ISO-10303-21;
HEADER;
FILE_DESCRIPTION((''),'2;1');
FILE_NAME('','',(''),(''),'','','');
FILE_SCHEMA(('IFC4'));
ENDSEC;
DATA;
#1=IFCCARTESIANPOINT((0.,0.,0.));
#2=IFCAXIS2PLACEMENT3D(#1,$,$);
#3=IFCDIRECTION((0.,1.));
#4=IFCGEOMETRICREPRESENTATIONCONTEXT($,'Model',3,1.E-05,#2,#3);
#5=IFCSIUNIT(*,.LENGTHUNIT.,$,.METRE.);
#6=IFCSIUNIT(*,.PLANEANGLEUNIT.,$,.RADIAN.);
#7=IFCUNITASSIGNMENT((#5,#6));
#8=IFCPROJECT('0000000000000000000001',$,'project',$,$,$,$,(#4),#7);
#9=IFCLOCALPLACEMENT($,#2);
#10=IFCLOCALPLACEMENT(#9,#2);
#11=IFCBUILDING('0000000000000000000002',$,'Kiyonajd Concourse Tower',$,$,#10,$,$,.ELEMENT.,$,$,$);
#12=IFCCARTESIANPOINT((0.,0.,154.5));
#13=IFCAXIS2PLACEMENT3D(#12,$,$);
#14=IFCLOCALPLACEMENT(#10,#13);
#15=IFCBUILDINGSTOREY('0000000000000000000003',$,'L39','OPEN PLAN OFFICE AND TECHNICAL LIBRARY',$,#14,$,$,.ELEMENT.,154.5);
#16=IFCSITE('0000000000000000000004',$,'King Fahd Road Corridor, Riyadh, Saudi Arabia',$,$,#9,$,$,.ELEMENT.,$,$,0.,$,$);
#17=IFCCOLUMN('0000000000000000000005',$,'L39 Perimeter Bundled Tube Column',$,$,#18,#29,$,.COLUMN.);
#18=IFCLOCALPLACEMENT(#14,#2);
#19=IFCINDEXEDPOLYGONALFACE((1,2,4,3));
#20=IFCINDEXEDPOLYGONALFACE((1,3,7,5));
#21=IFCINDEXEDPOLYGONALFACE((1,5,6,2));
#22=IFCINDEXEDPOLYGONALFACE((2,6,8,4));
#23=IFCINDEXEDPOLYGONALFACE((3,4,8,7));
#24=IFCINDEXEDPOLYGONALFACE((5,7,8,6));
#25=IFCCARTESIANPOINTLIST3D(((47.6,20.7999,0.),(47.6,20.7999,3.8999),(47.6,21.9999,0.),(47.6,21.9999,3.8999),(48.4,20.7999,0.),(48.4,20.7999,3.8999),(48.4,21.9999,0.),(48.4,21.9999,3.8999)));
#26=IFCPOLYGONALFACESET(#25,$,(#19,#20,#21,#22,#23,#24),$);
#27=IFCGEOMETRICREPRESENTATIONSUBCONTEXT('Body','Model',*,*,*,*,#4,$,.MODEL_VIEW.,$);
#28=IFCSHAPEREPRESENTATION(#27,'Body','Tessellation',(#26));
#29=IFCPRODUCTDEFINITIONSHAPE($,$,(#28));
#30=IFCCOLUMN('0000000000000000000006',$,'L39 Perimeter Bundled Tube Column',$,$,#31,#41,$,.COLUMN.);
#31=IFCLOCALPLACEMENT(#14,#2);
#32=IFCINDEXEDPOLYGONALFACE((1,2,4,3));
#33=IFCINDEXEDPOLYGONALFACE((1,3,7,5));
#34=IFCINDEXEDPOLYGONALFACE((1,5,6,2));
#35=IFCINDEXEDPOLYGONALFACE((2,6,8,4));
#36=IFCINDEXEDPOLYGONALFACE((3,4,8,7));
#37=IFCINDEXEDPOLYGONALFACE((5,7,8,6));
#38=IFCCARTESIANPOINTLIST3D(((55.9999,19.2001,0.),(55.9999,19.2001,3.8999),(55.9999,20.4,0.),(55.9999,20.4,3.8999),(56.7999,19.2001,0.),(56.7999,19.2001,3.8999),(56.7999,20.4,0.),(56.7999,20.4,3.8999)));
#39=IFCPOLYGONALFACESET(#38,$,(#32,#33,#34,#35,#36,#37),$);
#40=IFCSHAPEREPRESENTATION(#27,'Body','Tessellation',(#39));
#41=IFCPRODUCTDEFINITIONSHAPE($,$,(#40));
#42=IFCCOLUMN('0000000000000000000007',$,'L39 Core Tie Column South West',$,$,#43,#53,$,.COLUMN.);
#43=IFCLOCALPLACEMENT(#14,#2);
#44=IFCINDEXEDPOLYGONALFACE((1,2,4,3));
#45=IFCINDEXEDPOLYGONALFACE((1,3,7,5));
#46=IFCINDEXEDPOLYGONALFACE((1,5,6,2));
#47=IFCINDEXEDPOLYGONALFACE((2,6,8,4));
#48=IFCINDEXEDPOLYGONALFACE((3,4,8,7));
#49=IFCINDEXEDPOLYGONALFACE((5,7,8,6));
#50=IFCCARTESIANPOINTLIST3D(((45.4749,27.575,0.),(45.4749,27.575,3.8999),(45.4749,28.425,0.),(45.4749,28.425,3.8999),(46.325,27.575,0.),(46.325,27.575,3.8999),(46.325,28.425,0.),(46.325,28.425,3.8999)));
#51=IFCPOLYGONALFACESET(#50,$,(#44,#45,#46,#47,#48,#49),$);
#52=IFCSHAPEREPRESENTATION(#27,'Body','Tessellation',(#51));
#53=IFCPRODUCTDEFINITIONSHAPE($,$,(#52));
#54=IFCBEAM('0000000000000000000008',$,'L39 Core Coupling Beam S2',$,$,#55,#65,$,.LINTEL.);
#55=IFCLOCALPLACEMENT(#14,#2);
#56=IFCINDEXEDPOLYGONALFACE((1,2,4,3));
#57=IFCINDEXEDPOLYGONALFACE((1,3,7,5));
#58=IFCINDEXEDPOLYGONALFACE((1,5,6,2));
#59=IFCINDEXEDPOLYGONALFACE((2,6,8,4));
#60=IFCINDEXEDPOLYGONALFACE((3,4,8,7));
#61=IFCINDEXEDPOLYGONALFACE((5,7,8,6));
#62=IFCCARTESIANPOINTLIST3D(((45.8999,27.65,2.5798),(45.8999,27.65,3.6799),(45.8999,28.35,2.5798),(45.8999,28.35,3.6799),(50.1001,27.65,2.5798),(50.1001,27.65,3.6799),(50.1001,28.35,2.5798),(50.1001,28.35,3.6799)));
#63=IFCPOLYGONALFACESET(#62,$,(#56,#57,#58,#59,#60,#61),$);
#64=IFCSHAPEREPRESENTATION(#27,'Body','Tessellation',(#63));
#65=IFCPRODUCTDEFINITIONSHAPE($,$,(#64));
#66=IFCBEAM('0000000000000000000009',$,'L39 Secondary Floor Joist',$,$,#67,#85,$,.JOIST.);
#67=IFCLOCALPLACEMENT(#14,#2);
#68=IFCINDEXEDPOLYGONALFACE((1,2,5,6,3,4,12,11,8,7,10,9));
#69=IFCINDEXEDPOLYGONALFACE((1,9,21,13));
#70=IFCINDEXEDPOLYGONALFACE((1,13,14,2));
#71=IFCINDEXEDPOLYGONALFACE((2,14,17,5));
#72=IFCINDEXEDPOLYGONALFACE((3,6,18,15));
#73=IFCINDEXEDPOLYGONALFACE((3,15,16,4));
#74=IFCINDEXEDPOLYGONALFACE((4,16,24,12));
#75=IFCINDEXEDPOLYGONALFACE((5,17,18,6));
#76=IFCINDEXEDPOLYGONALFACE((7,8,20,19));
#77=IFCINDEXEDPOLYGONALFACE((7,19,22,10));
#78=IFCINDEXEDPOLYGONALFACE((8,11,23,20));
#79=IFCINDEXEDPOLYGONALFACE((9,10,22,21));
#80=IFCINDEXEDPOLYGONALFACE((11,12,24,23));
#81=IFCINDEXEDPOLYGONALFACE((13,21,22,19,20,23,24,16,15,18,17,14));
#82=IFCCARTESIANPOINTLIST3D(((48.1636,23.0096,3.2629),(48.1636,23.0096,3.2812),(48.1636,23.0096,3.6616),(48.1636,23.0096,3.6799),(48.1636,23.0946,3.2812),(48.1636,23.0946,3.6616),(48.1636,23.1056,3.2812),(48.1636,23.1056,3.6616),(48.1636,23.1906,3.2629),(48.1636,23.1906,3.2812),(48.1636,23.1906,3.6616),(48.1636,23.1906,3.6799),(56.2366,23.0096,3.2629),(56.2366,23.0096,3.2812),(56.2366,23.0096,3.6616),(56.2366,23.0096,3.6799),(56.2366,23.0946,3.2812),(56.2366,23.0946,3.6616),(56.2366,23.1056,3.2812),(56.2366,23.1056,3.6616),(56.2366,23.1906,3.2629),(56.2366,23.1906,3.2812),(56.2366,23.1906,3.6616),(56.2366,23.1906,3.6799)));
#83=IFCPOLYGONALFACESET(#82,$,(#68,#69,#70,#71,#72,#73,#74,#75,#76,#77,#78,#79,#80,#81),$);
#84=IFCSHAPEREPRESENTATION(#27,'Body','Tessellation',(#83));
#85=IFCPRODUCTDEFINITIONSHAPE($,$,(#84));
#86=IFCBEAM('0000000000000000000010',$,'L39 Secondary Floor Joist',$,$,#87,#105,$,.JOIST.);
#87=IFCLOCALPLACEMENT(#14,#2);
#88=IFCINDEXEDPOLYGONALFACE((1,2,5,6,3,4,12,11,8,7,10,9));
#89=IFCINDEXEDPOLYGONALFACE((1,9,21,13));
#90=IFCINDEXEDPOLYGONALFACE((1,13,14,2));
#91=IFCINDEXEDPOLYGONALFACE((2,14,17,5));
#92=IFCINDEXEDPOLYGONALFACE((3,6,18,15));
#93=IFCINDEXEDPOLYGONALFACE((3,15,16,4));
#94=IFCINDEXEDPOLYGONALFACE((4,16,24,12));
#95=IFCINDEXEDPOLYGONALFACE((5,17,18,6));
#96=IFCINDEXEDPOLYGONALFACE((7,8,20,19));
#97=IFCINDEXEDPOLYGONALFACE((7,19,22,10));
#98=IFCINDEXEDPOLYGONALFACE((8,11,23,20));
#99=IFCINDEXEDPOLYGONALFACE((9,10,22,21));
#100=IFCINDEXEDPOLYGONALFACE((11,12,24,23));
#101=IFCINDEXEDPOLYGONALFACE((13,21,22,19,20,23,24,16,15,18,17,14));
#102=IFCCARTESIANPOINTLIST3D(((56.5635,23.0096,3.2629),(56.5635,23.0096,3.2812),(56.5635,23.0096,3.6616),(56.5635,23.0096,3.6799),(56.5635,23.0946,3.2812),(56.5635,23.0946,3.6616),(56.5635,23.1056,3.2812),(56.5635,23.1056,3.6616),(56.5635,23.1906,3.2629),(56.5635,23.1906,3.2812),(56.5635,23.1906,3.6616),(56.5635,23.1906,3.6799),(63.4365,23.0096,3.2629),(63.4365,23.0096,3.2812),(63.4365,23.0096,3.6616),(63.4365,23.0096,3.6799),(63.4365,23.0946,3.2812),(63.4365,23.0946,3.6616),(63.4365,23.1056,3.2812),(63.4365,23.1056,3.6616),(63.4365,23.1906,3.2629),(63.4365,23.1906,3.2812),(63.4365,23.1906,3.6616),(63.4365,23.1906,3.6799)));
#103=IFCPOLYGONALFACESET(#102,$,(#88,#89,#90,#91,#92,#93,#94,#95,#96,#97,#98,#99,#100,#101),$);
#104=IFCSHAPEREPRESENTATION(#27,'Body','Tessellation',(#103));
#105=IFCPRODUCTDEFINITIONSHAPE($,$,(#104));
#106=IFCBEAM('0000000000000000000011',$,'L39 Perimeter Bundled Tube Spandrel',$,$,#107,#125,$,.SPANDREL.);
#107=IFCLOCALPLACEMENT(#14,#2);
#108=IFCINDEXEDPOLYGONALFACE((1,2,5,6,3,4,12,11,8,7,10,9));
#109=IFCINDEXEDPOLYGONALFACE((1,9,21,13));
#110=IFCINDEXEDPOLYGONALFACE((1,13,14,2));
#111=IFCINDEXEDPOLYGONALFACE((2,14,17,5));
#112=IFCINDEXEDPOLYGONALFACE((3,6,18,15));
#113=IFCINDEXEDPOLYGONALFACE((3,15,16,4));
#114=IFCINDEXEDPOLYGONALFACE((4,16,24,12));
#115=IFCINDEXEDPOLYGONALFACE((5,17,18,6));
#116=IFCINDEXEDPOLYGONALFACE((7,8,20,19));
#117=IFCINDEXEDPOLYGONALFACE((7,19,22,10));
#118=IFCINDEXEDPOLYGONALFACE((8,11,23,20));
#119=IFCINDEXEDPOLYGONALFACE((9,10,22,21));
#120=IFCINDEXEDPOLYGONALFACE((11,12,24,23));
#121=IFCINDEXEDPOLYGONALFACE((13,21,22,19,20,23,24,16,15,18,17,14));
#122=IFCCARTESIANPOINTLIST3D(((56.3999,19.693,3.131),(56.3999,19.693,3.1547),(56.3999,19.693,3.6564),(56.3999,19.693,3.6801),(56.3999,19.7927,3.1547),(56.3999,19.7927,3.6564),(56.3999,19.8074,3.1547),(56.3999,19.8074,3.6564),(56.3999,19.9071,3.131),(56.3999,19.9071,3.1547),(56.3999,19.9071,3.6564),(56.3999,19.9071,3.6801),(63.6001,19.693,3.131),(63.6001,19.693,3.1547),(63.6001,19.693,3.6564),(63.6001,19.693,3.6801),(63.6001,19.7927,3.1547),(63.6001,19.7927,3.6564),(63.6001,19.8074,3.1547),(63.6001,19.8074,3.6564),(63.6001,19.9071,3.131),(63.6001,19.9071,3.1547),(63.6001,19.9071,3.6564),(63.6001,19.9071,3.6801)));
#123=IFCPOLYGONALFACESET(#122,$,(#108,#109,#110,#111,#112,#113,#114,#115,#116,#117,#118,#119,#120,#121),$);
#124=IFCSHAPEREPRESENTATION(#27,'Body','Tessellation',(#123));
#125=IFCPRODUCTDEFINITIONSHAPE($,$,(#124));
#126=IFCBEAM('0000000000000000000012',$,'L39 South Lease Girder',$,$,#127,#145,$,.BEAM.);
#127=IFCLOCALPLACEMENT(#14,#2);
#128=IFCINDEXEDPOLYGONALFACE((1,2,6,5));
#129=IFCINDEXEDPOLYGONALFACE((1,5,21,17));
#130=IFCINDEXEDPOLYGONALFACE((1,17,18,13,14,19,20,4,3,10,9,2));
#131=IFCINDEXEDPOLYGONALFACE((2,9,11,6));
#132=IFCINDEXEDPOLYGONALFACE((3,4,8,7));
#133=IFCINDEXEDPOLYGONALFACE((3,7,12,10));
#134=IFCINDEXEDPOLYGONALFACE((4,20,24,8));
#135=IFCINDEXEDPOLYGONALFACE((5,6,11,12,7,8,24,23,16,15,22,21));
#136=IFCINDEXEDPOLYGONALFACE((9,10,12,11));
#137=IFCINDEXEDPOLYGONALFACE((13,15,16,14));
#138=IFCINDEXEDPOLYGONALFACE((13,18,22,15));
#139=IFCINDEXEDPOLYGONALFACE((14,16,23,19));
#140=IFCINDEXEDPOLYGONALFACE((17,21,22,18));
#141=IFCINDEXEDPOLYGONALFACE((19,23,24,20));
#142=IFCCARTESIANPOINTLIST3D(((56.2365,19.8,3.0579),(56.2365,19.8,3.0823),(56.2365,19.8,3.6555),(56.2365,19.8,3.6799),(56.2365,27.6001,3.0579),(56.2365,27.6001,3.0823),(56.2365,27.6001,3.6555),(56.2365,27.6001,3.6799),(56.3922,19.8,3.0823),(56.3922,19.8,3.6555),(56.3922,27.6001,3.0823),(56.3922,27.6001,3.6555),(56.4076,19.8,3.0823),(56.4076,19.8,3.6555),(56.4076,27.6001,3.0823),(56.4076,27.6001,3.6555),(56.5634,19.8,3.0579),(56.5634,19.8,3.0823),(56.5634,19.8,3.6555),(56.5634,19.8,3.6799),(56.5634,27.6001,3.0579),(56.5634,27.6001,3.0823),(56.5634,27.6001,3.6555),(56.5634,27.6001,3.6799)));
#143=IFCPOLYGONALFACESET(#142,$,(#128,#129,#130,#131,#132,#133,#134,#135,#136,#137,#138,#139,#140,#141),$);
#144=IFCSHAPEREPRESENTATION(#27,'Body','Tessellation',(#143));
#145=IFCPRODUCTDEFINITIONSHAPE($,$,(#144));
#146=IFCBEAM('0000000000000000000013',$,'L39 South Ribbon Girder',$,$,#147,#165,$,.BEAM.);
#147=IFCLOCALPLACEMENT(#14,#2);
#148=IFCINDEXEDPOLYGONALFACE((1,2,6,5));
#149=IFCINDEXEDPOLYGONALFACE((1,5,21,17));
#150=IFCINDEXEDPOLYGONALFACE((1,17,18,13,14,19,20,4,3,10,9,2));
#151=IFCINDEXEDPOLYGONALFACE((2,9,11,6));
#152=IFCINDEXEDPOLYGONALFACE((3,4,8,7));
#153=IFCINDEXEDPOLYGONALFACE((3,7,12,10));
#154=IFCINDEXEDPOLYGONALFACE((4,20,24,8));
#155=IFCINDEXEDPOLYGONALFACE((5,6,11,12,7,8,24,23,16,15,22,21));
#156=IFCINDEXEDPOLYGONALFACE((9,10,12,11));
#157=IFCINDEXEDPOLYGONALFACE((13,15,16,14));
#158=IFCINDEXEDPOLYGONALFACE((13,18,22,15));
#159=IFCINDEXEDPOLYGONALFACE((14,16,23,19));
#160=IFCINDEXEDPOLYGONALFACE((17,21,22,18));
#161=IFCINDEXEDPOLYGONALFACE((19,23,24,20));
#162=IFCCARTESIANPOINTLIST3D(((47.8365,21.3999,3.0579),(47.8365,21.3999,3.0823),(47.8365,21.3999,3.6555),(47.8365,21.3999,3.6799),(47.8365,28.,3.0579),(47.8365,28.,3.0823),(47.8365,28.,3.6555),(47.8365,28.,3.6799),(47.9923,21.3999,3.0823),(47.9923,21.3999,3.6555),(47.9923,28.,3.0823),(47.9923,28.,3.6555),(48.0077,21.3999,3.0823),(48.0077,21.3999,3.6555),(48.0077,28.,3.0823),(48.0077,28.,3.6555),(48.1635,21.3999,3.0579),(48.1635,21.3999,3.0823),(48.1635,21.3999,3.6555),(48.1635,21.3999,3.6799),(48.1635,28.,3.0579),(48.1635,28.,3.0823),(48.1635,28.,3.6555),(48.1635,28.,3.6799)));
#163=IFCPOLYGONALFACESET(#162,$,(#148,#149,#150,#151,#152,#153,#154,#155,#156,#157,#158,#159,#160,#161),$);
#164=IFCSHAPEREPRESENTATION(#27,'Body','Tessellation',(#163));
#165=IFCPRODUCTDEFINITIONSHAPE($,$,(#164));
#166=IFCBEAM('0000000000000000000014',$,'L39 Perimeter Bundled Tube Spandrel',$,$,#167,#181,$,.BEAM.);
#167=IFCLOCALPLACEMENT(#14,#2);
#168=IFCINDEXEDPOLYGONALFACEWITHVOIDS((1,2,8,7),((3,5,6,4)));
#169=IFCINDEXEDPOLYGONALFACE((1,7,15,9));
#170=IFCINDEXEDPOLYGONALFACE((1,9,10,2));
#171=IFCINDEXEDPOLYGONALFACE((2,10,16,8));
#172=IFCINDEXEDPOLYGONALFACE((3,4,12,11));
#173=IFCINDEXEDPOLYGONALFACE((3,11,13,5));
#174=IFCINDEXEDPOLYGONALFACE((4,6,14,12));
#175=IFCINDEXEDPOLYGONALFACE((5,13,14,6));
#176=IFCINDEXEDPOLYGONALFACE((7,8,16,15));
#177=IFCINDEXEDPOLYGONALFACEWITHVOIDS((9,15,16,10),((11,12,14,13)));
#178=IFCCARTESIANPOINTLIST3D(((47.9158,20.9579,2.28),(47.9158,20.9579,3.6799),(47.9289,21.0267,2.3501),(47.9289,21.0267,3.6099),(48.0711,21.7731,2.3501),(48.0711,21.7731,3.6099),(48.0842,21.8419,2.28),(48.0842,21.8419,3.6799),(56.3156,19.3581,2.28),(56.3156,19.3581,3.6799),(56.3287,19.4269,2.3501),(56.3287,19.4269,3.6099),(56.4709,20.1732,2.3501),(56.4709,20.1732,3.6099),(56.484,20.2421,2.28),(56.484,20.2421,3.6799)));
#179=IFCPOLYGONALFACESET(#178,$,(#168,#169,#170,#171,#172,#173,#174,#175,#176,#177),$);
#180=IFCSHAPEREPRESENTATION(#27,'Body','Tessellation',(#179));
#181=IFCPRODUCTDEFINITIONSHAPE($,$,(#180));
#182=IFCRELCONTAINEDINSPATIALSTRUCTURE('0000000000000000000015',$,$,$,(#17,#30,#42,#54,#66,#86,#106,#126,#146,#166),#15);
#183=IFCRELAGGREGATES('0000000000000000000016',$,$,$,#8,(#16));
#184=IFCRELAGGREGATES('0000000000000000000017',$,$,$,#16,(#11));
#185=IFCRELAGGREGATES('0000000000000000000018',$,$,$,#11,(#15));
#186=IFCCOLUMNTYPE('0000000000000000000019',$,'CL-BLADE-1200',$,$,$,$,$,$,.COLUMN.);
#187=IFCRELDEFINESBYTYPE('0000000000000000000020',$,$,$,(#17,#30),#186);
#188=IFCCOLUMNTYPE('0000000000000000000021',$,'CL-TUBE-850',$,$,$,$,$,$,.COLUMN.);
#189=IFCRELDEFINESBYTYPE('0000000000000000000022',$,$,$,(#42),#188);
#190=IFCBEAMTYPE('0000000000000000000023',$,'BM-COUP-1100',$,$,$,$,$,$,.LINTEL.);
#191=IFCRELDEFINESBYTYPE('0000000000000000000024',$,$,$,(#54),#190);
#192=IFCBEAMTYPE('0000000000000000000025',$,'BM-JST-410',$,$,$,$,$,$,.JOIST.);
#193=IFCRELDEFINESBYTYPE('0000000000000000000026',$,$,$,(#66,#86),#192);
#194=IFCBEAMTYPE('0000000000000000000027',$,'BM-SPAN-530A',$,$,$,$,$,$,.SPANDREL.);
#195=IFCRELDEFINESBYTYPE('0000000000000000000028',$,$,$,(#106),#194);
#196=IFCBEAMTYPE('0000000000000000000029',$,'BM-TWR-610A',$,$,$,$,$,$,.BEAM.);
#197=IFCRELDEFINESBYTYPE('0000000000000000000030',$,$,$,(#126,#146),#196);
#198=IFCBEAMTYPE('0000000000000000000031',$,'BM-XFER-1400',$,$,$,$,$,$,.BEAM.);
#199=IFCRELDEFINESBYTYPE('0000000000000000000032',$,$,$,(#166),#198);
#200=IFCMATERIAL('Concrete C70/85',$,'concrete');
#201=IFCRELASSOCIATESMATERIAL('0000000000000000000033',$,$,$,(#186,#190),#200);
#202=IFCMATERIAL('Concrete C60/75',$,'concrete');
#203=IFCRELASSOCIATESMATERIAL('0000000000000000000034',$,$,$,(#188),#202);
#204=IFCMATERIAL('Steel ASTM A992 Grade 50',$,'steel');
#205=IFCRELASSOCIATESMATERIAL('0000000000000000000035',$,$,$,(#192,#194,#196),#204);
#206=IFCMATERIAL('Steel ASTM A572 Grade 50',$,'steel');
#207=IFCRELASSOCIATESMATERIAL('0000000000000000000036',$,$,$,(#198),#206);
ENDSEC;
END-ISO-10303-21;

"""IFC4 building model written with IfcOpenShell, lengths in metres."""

from ifc_helpers import new_model, si_unit, direction, frame, origin, origin_2d, place, context, subcontext, project, spatial, rectangle, hollow_rectangle, i_section, extrude, material, material_profile, profile_set, type_object, element, save


model = new_model("IFC4")

# Units and contexts
model_context = context("Model", 3, precision=1e-05, world=origin(), true_north=direction((0.0, 1.0)))
body_context = subcontext(model_context, "Body", "Model", "MODEL_VIEW")
ifc_project = project(units=[si_unit("LENGTHUNIT", "METRE"), si_unit("PLANEANGLEUNIT", "RADIAN")], contexts=[model_context])

# Site, building, storey
site_placement = place(None, origin())
site = spatial("IfcSite", under=ifc_project, at=site_placement, Name="King Fahd Road Corridor, Riyadh, Saudi Arabia", CompositionType="ELEMENT", RefElevation=0.0)
building_placement = place(site_placement, origin())
building = spatial("IfcBuilding", under=site, at=building_placement, Name="Kiyonajd Concourse Tower", CompositionType="ELEMENT")
storey_placement = place(building_placement, frame((0.0, 0.0, 154.5)))
storey = spatial("IfcBuildingStorey", under=building, at=storey_placement, Name="L39", Description="OPEN PLAN OFFICE AND TECHNICAL LIBRARY", CompositionType="ELEMENT", Elevation=154.5)

# Columns
ifc_material_1 = material(Name="Concrete C70/85", Category="concrete")
ifc_material_profile_1 = material_profile(ifc_material_1, rectangle(XDim=0.8, YDim=1.2, at=origin_2d()), Name="RC-1200x800")
ifc_profile_set_1 = profile_set([ifc_material_profile_1], Name="Concrete C70/85")
column_type_1 = type_object("IfcColumnType", Name="CL-BLADE-1200", PredefinedType="COLUMN", material=ifc_profile_set_1)
for number, where, z_axis, x_axis, name in (
    (1, (48.0, 21.3999, 0.0), (0.0, 0.0, 1.0), (1.0, 0.0, 0.0), "L39 Perimeter Bundled Tube Column"),
    (2, (56.3999, 19.8, 0.0), (0.0, 0.0, 1.0), (1.0, 0.0, 0.0), "L39 Perimeter Bundled Tube Column"),
):
    element("IfcColumn", number, at=place(storey_placement, frame(where, z_axis=z_axis, x_axis=x_axis)), inside=storey, type_object=column_type_1, Name=name, PredefinedType="COLUMN", context=body_context, shape_type="SweptSolid", body=[
        extrude(rectangle(XDim=0.8, YDim=1.2, at=origin_2d()), origin(), (0.0, 0.0, 1.0), 3.8999),
    ])
ifc_material_2 = material(Name="Concrete C60/75", Category="concrete")
ifc_material_profile_2 = material_profile(ifc_material_2, rectangle(XDim=0.8501, YDim=0.8501, at=origin_2d()), Name="RC-850x850")
ifc_profile_set_2 = profile_set([ifc_material_profile_2], Name="Concrete C60/75")
column_type_2 = type_object("IfcColumnType", Name="CL-TUBE-850", PredefinedType="COLUMN", material=ifc_profile_set_2)
column_placement = place(storey_placement, frame((45.8999, 28.0, 0.0), z_axis=(0.0, 0.0, 1.0), x_axis=(1.0, 0.0, 0.0)))
element("IfcColumn", 3, at=column_placement, inside=storey, type_object=column_type_2, Name="L39 Core Tie Column South West", PredefinedType="COLUMN", context=body_context, shape_type="SweptSolid", body=[
    extrude(rectangle(XDim=0.8501, YDim=0.8501, at=origin_2d()), origin(), (0.0, 0.0, 1.0), 3.8999),
])

# Beams
ifc_material_profile_3 = material_profile(ifc_material_1, rectangle(XDim=0.7, YDim=1.1001, at=origin_2d()), Name="RCBM-700x1100")
ifc_profile_set_3 = profile_set([ifc_material_profile_3], Name="Concrete C70/85")
beam_type_1 = type_object("IfcBeamType", Name="BM-COUP-1100", PredefinedType="LINTEL", material=ifc_profile_set_3)
beam_1_placement = place(storey_placement, frame((45.8999, 28.0, 3.1299), z_axis=(1.0, 0.0, 0.0), x_axis=(0.0, 1.0, 0.0)))
element("IfcBeam", 4, at=beam_1_placement, inside=storey, type_object=beam_type_1, Name="L39 Core Coupling Beam S2", PredefinedType="LINTEL", context=body_context, shape_type="SweptSolid", body=[
    extrude(rectangle(XDim=0.7, YDim=1.1001, at=origin_2d()), origin(), (0.0, 0.0, 1.0), 4.2002),
])
ifc_material_3 = material(Name="Steel ASTM A992 Grade 50", Category="steel")
ifc_material_profile_4 = material_profile(ifc_material_3, i_section(OverallWidth=0.1809, OverallDepth=0.417, WebThickness=0.011, FlangeThickness=0.0183, at=origin_2d()), Name="W410X85")
ifc_profile_set_4 = profile_set([ifc_material_profile_4], Name="Steel ASTM A992 Grade 50")
beam_type_2 = type_object("IfcBeamType", Name="BM-JST-410", PredefinedType="JOIST", material=ifc_profile_set_4)
beam_2_placement = place(storey_placement, frame((48.1636, 23.1001, 3.4714), z_axis=(1.0, 0.0, 0.0), x_axis=(0.0, 1.0, 0.0)))
element("IfcBeam", 5, at=beam_2_placement, inside=storey, type_object=beam_type_2, Name="L39 Secondary Floor Joist", PredefinedType="JOIST", context=body_context, shape_type="SweptSolid", body=[
    extrude(i_section(OverallWidth=0.1809, OverallDepth=0.417, WebThickness=0.011, FlangeThickness=0.0183, at=origin_2d()), origin(), (0.0, 0.0, 1.0), 8.073),
])
beam_3_placement = place(storey_placement, frame((56.5635, 23.1001, 3.4714), z_axis=(1.0, 0.0, 0.0), x_axis=(0.0, 1.0, 0.0)))
element("IfcBeam", 6, at=beam_3_placement, inside=storey, type_object=beam_type_2, Name="L39 Secondary Floor Joist", PredefinedType="JOIST", context=body_context, shape_type="SweptSolid", body=[
    extrude(i_section(OverallWidth=0.1809, OverallDepth=0.417, WebThickness=0.011, FlangeThickness=0.0183, at=origin_2d()), origin(), (0.0, 0.0, 1.0), 6.873),
])
ifc_material_profile_5 = material_profile(ifc_material_3, i_section(OverallWidth=0.2141, OverallDepth=0.5491, WebThickness=0.0146, FlangeThickness=0.0237, at=origin_2d()), Name="W530X138")
ifc_profile_set_5 = profile_set([ifc_material_profile_5], Name="Steel ASTM A992 Grade 50")
beam_type_3 = type_object("IfcBeamType", Name="BM-SPAN-530A", PredefinedType="SPANDREL", material=ifc_profile_set_5)
beam_4_placement = place(storey_placement, frame((56.3999, 19.8, 3.4055), z_axis=(1.0, 0.0, 0.0), x_axis=(0.0, 1.0, 0.0)))
element("IfcBeam", 7, at=beam_4_placement, inside=storey, type_object=beam_type_3, Name="L39 Perimeter Bundled Tube Spandrel", PredefinedType="SPANDREL", context=body_context, shape_type="SweptSolid", body=[
    extrude(i_section(OverallWidth=0.2141, OverallDepth=0.5491, WebThickness=0.0146, FlangeThickness=0.0237, at=origin_2d()), origin(), (0.0, 0.0, 1.0), 7.2002),
])
ifc_material_profile_6 = material_profile(ifc_material_3, i_section(OverallWidth=0.3269, OverallDepth=0.6221, WebThickness=0.0154, FlangeThickness=0.0244, at=origin_2d()), Name="W610X195")
ifc_profile_set_6 = profile_set([ifc_material_profile_6], Name="Steel ASTM A992 Grade 50")
beam_type_4 = type_object("IfcBeamType", Name="BM-TWR-610A", PredefinedType="BEAM", material=ifc_profile_set_6)
beam_5_placement = place(storey_placement, frame((56.3999, 19.8, 3.3689), z_axis=(0.0, 1.0, 0.0), x_axis=(-1.0, 0.0, 0.0)))
element("IfcBeam", 8, at=beam_5_placement, inside=storey, type_object=beam_type_4, Name="L39 South Lease Girder", PredefinedType="BEAM", context=body_context, shape_type="SweptSolid", body=[
    extrude(i_section(OverallWidth=0.3269, OverallDepth=0.6221, WebThickness=0.0154, FlangeThickness=0.0244, at=origin_2d()), origin(), (0.0, 0.0, 1.0), 7.8),
])
beam_6_placement = place(storey_placement, frame((48.0, 21.3999, 3.3689), z_axis=(0.0, 1.0, 0.0), x_axis=(-1.0, 0.0, 0.0)))
element("IfcBeam", 9, at=beam_6_placement, inside=storey, type_object=beam_type_4, Name="L39 South Ribbon Girder", PredefinedType="BEAM", context=body_context, shape_type="SweptSolid", body=[
    extrude(i_section(OverallWidth=0.3269, OverallDepth=0.6221, WebThickness=0.0154, FlangeThickness=0.0244, at=origin_2d()), origin(), (0.0, 0.0, 1.0), 6.6001),
])
ifc_material_4 = material(Name="Steel ASTM A572 Grade 50", Category="steel")
ifc_material_profile_7 = material_profile(ifc_material_4, hollow_rectangle(XDim=0.8999, YDim=1.3999, WallThickness=0.0701, at=origin_2d()), Name="BOX-1400x900x70")
ifc_profile_set_7 = profile_set([ifc_material_profile_7], Name="Steel ASTM A572 Grade 50")
beam_type_5 = type_object("IfcBeamType", Name="BM-XFER-1400", PredefinedType="BEAM", material=ifc_profile_set_7)
beam_7_placement = place(storey_placement, frame((48.0, 21.3999, 2.98), z_axis=(0.982341, -0.187098, 0.0), x_axis=(0.187098, 0.982341, 0.0)))
element("IfcBeam", 10, at=beam_7_placement, inside=storey, type_object=beam_type_5, Name="L39 Perimeter Bundled Tube Spandrel", PredefinedType="BEAM", context=body_context, shape_type="SweptSolid", body=[
    extrude(hollow_rectangle(XDim=0.8999, YDim=1.3999, WallThickness=0.0701, at=origin_2d()), origin(), (0.0, 0.0, 1.0), 8.5508),
])

save(model, "model.ifc")
